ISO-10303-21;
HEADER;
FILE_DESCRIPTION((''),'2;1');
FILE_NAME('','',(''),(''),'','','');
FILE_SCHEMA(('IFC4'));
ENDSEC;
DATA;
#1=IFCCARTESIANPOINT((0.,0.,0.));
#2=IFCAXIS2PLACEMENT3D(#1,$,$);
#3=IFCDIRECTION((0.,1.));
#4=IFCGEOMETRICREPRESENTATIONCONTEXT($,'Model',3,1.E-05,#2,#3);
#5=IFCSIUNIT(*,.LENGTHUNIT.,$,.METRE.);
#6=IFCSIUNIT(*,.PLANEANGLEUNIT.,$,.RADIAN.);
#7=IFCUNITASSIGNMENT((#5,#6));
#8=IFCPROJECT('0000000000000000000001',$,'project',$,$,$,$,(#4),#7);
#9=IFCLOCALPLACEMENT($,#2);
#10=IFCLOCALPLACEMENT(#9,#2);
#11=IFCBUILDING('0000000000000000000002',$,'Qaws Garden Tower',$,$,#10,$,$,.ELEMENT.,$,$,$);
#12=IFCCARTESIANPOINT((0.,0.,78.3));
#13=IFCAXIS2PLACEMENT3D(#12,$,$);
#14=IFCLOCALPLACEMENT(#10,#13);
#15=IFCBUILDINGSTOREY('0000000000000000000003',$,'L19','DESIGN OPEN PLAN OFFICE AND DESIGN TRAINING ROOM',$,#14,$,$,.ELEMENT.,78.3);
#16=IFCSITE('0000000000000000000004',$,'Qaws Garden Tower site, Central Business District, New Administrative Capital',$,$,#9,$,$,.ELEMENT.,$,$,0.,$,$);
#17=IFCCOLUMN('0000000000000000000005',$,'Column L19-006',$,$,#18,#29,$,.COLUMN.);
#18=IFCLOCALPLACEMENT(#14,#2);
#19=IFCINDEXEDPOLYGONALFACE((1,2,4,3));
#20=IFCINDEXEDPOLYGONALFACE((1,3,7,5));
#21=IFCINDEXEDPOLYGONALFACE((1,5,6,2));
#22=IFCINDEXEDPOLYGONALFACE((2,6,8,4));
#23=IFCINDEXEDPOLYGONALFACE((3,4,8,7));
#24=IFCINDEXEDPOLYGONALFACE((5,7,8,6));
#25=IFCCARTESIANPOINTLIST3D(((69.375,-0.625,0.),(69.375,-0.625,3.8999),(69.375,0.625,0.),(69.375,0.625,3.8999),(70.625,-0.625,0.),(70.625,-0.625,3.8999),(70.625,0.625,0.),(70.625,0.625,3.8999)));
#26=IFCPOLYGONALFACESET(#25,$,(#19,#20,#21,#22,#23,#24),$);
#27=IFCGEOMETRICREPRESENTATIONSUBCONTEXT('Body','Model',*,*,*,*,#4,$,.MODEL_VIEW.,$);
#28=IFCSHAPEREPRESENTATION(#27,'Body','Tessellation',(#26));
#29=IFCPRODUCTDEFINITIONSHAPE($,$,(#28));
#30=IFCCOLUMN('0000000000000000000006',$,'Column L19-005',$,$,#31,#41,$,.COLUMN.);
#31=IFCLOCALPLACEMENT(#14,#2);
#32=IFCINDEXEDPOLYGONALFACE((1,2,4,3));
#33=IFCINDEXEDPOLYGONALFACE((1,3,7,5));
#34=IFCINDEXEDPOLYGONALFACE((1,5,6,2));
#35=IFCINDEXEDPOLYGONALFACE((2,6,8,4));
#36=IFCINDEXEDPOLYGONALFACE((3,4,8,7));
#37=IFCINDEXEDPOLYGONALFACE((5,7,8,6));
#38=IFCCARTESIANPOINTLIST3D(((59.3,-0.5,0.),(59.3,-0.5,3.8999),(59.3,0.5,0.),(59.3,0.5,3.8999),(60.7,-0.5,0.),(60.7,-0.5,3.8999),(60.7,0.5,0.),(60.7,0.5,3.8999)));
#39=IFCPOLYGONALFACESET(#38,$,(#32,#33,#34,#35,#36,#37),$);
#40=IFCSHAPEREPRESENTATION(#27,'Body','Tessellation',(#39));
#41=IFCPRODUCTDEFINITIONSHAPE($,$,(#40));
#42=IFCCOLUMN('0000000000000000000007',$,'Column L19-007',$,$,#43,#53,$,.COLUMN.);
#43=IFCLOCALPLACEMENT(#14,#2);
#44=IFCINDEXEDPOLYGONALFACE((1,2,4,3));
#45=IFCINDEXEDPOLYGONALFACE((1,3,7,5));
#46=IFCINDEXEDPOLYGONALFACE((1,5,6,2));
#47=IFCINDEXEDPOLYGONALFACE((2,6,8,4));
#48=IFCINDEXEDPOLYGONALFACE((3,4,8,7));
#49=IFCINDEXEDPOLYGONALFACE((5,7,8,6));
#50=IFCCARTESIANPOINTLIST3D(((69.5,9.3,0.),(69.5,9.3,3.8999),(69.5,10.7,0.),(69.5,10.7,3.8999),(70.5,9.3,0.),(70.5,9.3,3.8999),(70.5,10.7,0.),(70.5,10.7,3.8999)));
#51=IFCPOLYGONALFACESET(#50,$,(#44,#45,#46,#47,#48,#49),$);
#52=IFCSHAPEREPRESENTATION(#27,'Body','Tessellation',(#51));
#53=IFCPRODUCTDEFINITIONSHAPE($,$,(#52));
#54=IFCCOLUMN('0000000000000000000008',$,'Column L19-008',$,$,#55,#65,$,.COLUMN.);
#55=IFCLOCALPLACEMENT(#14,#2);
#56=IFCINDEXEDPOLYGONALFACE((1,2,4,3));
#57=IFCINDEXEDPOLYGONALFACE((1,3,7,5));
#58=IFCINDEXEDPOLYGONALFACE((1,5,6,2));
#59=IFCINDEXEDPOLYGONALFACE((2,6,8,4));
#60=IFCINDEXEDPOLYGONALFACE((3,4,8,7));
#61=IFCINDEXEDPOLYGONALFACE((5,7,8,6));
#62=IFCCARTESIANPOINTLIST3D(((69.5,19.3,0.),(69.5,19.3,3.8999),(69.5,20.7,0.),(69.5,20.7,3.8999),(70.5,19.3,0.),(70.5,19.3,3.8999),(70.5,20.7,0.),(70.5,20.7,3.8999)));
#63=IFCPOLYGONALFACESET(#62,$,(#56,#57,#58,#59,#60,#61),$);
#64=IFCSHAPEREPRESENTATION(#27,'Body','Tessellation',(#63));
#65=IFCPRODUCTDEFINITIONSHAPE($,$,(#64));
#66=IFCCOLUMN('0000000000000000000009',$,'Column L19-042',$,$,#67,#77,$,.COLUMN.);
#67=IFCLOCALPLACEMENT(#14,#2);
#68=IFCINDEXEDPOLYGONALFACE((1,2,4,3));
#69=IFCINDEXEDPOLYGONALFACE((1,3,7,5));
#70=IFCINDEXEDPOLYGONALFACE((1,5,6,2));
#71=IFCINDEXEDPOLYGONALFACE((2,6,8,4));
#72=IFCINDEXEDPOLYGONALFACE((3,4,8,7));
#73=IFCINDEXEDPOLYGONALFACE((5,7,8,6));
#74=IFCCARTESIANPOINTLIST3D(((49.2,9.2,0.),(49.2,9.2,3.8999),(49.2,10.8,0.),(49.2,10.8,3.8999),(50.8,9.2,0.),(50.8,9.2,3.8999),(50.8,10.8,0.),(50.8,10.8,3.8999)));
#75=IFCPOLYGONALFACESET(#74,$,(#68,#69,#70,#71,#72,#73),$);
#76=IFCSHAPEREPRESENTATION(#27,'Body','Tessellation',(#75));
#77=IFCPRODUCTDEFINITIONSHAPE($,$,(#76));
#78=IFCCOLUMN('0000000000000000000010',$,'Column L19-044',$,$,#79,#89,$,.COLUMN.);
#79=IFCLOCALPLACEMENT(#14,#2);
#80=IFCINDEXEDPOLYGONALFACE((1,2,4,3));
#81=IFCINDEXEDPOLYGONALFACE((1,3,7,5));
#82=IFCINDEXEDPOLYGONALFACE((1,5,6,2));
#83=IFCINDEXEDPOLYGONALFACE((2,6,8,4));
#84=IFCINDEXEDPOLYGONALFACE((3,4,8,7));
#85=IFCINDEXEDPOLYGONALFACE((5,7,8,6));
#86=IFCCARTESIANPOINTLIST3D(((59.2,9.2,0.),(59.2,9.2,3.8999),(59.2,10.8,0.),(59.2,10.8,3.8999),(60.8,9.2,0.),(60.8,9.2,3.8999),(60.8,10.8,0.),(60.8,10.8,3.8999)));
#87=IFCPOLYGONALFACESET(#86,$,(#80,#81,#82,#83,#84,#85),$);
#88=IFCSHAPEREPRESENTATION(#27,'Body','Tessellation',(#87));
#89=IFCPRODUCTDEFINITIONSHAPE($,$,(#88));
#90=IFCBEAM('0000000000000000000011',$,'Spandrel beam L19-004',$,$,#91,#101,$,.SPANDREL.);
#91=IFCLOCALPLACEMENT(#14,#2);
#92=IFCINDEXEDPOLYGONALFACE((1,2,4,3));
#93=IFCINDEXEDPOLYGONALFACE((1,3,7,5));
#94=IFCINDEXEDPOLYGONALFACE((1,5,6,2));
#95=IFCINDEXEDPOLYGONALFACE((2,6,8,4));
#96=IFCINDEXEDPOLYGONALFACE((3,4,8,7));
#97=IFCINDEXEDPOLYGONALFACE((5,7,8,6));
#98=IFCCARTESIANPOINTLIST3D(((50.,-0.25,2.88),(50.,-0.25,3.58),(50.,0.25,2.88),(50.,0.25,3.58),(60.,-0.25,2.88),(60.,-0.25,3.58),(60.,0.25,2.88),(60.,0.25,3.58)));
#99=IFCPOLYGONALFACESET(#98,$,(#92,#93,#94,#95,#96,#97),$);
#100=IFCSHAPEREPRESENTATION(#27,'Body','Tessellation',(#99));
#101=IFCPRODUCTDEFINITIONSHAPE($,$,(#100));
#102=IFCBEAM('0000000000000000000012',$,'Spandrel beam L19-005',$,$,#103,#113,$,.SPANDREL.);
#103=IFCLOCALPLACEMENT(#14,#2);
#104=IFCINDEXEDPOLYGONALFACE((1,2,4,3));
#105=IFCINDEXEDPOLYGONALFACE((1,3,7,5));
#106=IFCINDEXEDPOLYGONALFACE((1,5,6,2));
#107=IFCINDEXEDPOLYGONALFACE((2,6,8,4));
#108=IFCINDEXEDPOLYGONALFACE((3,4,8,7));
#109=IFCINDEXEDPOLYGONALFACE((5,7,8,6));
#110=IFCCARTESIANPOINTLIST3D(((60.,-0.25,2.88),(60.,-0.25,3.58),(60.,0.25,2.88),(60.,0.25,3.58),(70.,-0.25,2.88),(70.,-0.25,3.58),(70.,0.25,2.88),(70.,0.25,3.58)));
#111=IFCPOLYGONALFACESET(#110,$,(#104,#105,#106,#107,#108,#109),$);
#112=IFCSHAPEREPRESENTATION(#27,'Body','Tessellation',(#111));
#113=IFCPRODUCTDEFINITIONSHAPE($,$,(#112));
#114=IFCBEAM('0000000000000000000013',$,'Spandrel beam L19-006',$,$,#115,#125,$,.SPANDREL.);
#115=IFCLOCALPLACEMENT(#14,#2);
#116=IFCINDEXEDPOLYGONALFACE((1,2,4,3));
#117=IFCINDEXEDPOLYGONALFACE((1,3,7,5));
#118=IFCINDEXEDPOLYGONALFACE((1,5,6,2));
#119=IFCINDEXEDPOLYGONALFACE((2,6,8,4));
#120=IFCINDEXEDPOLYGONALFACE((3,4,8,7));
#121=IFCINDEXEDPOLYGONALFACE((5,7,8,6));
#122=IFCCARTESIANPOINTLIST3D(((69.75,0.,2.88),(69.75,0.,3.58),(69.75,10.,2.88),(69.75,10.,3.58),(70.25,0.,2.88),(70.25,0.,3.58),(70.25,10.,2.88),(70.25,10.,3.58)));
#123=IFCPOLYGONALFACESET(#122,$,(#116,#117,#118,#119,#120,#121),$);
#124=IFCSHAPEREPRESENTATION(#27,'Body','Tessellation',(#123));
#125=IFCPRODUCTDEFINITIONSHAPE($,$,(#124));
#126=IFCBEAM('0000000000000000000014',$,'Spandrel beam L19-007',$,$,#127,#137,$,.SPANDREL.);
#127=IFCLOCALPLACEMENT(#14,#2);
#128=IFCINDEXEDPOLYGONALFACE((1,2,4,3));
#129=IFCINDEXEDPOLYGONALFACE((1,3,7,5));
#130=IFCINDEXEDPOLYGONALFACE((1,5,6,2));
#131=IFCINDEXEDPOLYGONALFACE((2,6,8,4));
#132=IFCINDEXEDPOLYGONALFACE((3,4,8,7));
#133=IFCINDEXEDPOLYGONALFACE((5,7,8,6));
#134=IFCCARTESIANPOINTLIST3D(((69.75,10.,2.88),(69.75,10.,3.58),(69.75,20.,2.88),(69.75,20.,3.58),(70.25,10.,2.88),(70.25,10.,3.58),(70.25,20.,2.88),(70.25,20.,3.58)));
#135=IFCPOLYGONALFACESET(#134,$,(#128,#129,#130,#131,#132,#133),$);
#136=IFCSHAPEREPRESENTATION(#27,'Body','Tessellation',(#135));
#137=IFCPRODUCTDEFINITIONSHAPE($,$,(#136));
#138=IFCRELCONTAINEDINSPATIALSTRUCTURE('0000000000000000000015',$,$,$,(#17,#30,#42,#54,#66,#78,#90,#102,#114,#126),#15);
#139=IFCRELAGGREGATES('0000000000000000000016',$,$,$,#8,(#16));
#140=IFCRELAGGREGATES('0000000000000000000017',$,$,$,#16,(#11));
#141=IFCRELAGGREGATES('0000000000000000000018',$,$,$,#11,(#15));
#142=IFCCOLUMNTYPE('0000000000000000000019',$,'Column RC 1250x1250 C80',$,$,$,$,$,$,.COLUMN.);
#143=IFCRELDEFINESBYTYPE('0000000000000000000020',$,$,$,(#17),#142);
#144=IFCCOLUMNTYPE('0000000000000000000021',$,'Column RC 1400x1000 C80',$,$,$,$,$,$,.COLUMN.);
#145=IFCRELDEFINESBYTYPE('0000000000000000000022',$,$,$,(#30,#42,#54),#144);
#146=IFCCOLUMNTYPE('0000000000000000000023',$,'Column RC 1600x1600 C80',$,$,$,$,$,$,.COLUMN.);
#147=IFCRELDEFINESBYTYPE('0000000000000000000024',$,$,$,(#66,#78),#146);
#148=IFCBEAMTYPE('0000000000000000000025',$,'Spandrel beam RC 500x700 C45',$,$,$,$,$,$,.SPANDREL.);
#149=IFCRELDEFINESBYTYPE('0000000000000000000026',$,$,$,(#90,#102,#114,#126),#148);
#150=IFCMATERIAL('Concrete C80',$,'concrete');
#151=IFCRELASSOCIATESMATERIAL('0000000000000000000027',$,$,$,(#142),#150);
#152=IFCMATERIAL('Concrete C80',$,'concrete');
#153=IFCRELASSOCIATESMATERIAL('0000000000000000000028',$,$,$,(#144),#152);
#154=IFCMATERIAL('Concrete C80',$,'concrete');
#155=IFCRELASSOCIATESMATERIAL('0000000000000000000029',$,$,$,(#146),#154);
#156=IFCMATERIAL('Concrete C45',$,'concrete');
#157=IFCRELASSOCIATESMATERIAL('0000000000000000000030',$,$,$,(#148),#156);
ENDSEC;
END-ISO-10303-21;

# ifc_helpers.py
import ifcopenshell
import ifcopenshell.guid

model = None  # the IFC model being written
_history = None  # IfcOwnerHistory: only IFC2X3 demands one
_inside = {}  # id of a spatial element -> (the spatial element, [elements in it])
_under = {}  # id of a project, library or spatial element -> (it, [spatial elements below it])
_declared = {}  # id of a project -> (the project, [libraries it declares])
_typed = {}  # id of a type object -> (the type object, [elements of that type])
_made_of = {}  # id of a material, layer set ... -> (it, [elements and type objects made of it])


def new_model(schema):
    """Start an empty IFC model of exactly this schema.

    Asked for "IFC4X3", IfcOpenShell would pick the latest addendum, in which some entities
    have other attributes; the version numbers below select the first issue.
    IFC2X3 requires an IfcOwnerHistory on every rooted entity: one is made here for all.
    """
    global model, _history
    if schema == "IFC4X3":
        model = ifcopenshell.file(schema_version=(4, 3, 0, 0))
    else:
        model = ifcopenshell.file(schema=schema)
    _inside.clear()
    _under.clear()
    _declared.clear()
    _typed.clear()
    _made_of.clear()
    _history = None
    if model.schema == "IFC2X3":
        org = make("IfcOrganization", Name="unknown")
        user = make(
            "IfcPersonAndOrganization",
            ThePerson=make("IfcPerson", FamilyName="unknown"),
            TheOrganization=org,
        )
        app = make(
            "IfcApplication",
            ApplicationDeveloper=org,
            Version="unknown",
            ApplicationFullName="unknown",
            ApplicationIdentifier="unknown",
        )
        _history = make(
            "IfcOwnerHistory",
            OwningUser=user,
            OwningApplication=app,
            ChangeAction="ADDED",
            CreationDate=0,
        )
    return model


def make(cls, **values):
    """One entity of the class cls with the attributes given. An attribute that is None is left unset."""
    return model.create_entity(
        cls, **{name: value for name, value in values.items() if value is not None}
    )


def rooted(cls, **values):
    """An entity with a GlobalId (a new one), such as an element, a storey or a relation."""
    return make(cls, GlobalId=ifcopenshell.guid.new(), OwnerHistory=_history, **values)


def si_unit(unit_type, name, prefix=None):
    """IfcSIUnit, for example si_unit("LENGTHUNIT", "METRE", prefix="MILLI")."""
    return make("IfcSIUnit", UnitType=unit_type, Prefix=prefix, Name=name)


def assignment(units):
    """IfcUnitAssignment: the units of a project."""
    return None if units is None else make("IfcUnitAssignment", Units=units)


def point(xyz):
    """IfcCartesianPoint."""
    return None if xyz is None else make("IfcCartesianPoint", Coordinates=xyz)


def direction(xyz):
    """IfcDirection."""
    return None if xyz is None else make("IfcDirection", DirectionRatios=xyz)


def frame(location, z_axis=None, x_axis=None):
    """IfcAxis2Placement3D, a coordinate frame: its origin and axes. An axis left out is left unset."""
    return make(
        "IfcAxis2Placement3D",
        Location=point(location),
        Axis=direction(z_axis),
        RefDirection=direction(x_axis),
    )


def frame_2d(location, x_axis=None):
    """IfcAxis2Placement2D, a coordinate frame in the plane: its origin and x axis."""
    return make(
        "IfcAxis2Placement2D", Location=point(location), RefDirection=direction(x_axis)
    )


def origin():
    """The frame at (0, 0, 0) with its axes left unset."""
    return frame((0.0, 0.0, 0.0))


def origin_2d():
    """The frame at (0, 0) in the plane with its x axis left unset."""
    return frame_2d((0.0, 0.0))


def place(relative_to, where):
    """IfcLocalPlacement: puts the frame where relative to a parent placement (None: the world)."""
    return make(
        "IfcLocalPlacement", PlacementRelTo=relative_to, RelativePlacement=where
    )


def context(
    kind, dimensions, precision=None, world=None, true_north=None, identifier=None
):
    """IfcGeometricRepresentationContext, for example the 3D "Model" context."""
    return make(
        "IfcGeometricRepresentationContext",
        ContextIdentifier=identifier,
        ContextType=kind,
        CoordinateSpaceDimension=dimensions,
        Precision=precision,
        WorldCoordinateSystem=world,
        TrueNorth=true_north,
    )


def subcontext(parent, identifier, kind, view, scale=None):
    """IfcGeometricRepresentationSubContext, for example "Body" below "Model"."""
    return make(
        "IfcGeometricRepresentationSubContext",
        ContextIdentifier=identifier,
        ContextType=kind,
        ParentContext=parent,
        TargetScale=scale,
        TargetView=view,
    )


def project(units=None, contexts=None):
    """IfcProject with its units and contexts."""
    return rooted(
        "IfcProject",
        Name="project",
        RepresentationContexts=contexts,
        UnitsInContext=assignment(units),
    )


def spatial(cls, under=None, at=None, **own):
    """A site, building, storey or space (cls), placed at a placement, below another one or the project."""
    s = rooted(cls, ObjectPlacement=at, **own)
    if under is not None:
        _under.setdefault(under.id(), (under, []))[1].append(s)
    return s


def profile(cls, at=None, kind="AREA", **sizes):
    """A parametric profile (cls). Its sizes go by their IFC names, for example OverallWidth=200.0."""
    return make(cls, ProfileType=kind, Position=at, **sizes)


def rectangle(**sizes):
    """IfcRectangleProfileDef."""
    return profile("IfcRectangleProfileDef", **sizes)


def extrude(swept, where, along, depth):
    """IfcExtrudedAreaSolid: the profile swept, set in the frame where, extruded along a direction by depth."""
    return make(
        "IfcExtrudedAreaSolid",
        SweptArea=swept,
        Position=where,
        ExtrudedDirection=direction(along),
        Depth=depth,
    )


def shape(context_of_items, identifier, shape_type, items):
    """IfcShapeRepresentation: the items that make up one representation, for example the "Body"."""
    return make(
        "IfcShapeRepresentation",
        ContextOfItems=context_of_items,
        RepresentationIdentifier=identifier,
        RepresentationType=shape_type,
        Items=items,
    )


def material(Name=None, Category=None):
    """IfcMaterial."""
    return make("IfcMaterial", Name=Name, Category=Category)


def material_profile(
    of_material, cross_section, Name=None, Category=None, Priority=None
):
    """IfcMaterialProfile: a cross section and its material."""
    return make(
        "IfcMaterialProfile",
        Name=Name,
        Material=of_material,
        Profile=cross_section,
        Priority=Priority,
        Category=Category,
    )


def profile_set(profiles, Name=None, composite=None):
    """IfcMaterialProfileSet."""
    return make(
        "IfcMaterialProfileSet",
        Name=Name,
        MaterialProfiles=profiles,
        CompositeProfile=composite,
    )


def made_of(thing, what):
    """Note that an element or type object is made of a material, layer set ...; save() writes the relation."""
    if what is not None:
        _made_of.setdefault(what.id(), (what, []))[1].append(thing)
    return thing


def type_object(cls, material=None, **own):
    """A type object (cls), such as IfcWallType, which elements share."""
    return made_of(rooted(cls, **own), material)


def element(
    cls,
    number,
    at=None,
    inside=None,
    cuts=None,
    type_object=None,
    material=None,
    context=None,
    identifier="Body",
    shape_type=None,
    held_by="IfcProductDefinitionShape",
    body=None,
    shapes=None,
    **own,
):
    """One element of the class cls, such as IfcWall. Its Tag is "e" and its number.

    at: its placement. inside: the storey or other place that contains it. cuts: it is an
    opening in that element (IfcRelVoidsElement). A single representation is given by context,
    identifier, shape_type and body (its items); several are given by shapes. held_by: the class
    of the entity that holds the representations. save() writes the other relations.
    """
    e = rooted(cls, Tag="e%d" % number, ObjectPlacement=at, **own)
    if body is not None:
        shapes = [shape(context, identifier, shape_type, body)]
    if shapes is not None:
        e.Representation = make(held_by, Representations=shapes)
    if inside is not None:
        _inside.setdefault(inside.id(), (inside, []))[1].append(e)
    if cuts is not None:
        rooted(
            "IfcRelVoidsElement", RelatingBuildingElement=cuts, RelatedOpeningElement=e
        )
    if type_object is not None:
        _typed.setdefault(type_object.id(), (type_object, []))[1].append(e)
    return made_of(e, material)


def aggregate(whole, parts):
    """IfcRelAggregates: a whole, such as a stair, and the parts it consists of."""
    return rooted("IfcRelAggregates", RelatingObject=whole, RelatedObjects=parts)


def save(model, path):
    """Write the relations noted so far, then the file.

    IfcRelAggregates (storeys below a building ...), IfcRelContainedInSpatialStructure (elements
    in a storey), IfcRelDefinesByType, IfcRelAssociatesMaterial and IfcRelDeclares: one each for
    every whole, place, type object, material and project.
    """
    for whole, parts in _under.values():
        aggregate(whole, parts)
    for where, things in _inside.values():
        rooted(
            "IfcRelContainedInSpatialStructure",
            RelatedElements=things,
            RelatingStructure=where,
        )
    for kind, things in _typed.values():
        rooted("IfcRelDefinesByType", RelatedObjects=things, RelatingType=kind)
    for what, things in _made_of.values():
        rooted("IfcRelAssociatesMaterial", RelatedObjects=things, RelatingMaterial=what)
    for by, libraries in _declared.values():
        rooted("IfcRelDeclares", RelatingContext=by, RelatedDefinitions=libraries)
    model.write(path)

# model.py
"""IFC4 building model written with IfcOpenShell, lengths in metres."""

from ifc_helpers import new_model, si_unit, direction, frame, origin, origin_2d, place, context, subcontext, project, spatial, rectangle, extrude, material, material_profile, profile_set, type_object, element, save


model = new_model("IFC4")

# Units and contexts
model_context = context("Model", 3, precision=1e-05, world=origin(), true_north=direction((0.0, 1.0)))
body_context = subcontext(model_context, "Body", "Model", "MODEL_VIEW")
ifc_project = project(units=[si_unit("LENGTHUNIT", "METRE"), si_unit("PLANEANGLEUNIT", "RADIAN")], contexts=[model_context])

# Site, building, storey
site_placement = place(None, origin())
site = spatial("IfcSite", under=ifc_project, at=site_placement, Name="Qaws Garden Tower site, Central Business District, New Administrative Capital", CompositionType="ELEMENT", RefElevation=0.0)
building_placement = place(site_placement, origin())
building = spatial("IfcBuilding", under=site, at=building_placement, Name="Qaws Garden Tower", CompositionType="ELEMENT")
storey_placement = place(building_placement, frame((0.0, 0.0, 78.3)))
storey = spatial("IfcBuildingStorey", under=building, at=storey_placement, Name="L19", Description="DESIGN OPEN PLAN OFFICE AND DESIGN TRAINING ROOM", CompositionType="ELEMENT", Elevation=78.3)

# Columns
ifc_material_1 = material(Name="Concrete C80", Category="concrete")
ifc_material_profile_1 = material_profile(ifc_material_1, rectangle(XDim=1.25, YDim=1.25, at=origin_2d()), Name="RC 1250x1250")
ifc_profile_set_1 = profile_set([ifc_material_profile_1], Name="Concrete C80")
column_type_1 = type_object("IfcColumnType", Name="Column RC 1250x1250 C80", PredefinedType="COLUMN", material=ifc_profile_set_1)
column_placement = place(storey_placement, frame((70.0, 0.0, 0.0), z_axis=(0.0, 0.0, 1.0), x_axis=(1.0, 0.0, 0.0)))
element("IfcColumn", 1, at=column_placement, inside=storey, type_object=column_type_1, Name="Column L19-006", PredefinedType="COLUMN", context=body_context, shape_type="SweptSolid", body=[
    extrude(rectangle(XDim=1.25, YDim=1.25, at=origin_2d()), origin(), (0.0, 0.0, 1.0), 3.8999),
])
ifc_material_2 = material(Name="Concrete C80", Category="concrete")
ifc_material_profile_2 = material_profile(ifc_material_2, rectangle(XDim=1.3999, YDim=1.0, at=origin_2d()), Name="RC 1400x1000")
ifc_profile_set_2 = profile_set([ifc_material_profile_2], Name="Concrete C80")
column_type_2 = type_object("IfcColumnType", Name="Column RC 1400x1000 C80", PredefinedType="COLUMN", material=ifc_profile_set_2)
for number, where, z_axis, x_axis, name in (
    (2, (60.0, 0.0, 0.0), (0.0, 0.0, 1.0), (1.0, 0.0, 0.0), "Column L19-005"),
    (3, (70.0, 10.0, 0.0), (0.0, 0.0, 1.0), (0.0, 1.0, 0.0), "Column L19-007"),
    (4, (70.0, 20.0, 0.0), (0.0, 0.0, 1.0), (0.0, 1.0, 0.0), "Column L19-008"),
):
    element("IfcColumn", number, at=place(storey_placement, frame(where, z_axis=z_axis, x_axis=x_axis)), inside=storey, type_object=column_type_2, Name=name, PredefinedType="COLUMN", context=body_context, shape_type="SweptSolid", body=[
        extrude(rectangle(XDim=1.3999, YDim=1.0, at=origin_2d()), origin(), (0.0, 0.0, 1.0), 3.8999),
    ])
ifc_material_3 = material(Name="Concrete C80", Category="concrete")
ifc_material_profile_3 = material_profile(ifc_material_3, rectangle(XDim=1.6001, YDim=1.6001, at=origin_2d()), Name="RC 1600x1600")
ifc_profile_set_3 = profile_set([ifc_material_profile_3], Name="Concrete C80")
column_type_3 = type_object("IfcColumnType", Name="Column RC 1600x1600 C80", PredefinedType="COLUMN", material=ifc_profile_set_3)
for number, where, z_axis, x_axis, name in (
    (5, (50.0, 10.0, 0.0), (0.0, 0.0, 1.0), (1.0, 0.0, 0.0), "Column L19-042"),
    (6, (60.0, 10.0, 0.0), (0.0, 0.0, 1.0), (1.0, 0.0, 0.0), "Column L19-044"),
):
    element("IfcColumn", number, at=place(storey_placement, frame(where, z_axis=z_axis, x_axis=x_axis)), inside=storey, type_object=column_type_3, Name=name, PredefinedType="COLUMN", context=body_context, shape_type="SweptSolid", body=[
        extrude(rectangle(XDim=1.6001, YDim=1.6001, at=origin_2d()), origin(), (0.0, 0.0, 1.0), 3.8999),
    ])

# Beams
ifc_material_4 = material(Name="Concrete C45", Category="concrete")
ifc_material_profile_4 = material_profile(ifc_material_4, rectangle(XDim=0.5, YDim=0.7, at=origin_2d()), Name="RC 500x700")
ifc_profile_set_4 = profile_set([ifc_material_profile_4], Name="Concrete C45")
beam_type = type_object("IfcBeamType", Name="Spandrel beam RC 500x700 C45", PredefinedType="SPANDREL", material=ifc_profile_set_4)
for number, where, z_axis, x_axis, name in (
    (7, (50.0, 0.0, 3.23), (1.0, 0.0, 0.0), (0.0, 1.0, 0.0), "Spandrel beam L19-004"),
    (8, (60.0, 0.0, 3.23), (1.0, 0.0, 0.0), (0.0, 1.0, 0.0), "Spandrel beam L19-005"),
    (9, (70.0, 0.0, 3.23), (0.0, 1.0, 0.0), (-1.0, 0.0, 0.0), "Spandrel beam L19-006"),
    (10, (70.0, 10.0, 3.23), (0.0, 1.0, 0.0), (-1.0, 0.0, 0.0), "Spandrel beam L19-007"),
):
    element("IfcBeam", number, at=place(storey_placement, frame(where, z_axis=z_axis, x_axis=x_axis)), inside=storey, type_object=beam_type, Name=name, PredefinedType="SPANDREL", context=body_context, shape_type="SweptSolid", body=[
        extrude(rectangle(XDim=0.5, YDim=0.7, at=origin_2d()), origin(), (0.0, 0.0, 1.0), 10.0),
    ])

save(model, "model.ifc")
